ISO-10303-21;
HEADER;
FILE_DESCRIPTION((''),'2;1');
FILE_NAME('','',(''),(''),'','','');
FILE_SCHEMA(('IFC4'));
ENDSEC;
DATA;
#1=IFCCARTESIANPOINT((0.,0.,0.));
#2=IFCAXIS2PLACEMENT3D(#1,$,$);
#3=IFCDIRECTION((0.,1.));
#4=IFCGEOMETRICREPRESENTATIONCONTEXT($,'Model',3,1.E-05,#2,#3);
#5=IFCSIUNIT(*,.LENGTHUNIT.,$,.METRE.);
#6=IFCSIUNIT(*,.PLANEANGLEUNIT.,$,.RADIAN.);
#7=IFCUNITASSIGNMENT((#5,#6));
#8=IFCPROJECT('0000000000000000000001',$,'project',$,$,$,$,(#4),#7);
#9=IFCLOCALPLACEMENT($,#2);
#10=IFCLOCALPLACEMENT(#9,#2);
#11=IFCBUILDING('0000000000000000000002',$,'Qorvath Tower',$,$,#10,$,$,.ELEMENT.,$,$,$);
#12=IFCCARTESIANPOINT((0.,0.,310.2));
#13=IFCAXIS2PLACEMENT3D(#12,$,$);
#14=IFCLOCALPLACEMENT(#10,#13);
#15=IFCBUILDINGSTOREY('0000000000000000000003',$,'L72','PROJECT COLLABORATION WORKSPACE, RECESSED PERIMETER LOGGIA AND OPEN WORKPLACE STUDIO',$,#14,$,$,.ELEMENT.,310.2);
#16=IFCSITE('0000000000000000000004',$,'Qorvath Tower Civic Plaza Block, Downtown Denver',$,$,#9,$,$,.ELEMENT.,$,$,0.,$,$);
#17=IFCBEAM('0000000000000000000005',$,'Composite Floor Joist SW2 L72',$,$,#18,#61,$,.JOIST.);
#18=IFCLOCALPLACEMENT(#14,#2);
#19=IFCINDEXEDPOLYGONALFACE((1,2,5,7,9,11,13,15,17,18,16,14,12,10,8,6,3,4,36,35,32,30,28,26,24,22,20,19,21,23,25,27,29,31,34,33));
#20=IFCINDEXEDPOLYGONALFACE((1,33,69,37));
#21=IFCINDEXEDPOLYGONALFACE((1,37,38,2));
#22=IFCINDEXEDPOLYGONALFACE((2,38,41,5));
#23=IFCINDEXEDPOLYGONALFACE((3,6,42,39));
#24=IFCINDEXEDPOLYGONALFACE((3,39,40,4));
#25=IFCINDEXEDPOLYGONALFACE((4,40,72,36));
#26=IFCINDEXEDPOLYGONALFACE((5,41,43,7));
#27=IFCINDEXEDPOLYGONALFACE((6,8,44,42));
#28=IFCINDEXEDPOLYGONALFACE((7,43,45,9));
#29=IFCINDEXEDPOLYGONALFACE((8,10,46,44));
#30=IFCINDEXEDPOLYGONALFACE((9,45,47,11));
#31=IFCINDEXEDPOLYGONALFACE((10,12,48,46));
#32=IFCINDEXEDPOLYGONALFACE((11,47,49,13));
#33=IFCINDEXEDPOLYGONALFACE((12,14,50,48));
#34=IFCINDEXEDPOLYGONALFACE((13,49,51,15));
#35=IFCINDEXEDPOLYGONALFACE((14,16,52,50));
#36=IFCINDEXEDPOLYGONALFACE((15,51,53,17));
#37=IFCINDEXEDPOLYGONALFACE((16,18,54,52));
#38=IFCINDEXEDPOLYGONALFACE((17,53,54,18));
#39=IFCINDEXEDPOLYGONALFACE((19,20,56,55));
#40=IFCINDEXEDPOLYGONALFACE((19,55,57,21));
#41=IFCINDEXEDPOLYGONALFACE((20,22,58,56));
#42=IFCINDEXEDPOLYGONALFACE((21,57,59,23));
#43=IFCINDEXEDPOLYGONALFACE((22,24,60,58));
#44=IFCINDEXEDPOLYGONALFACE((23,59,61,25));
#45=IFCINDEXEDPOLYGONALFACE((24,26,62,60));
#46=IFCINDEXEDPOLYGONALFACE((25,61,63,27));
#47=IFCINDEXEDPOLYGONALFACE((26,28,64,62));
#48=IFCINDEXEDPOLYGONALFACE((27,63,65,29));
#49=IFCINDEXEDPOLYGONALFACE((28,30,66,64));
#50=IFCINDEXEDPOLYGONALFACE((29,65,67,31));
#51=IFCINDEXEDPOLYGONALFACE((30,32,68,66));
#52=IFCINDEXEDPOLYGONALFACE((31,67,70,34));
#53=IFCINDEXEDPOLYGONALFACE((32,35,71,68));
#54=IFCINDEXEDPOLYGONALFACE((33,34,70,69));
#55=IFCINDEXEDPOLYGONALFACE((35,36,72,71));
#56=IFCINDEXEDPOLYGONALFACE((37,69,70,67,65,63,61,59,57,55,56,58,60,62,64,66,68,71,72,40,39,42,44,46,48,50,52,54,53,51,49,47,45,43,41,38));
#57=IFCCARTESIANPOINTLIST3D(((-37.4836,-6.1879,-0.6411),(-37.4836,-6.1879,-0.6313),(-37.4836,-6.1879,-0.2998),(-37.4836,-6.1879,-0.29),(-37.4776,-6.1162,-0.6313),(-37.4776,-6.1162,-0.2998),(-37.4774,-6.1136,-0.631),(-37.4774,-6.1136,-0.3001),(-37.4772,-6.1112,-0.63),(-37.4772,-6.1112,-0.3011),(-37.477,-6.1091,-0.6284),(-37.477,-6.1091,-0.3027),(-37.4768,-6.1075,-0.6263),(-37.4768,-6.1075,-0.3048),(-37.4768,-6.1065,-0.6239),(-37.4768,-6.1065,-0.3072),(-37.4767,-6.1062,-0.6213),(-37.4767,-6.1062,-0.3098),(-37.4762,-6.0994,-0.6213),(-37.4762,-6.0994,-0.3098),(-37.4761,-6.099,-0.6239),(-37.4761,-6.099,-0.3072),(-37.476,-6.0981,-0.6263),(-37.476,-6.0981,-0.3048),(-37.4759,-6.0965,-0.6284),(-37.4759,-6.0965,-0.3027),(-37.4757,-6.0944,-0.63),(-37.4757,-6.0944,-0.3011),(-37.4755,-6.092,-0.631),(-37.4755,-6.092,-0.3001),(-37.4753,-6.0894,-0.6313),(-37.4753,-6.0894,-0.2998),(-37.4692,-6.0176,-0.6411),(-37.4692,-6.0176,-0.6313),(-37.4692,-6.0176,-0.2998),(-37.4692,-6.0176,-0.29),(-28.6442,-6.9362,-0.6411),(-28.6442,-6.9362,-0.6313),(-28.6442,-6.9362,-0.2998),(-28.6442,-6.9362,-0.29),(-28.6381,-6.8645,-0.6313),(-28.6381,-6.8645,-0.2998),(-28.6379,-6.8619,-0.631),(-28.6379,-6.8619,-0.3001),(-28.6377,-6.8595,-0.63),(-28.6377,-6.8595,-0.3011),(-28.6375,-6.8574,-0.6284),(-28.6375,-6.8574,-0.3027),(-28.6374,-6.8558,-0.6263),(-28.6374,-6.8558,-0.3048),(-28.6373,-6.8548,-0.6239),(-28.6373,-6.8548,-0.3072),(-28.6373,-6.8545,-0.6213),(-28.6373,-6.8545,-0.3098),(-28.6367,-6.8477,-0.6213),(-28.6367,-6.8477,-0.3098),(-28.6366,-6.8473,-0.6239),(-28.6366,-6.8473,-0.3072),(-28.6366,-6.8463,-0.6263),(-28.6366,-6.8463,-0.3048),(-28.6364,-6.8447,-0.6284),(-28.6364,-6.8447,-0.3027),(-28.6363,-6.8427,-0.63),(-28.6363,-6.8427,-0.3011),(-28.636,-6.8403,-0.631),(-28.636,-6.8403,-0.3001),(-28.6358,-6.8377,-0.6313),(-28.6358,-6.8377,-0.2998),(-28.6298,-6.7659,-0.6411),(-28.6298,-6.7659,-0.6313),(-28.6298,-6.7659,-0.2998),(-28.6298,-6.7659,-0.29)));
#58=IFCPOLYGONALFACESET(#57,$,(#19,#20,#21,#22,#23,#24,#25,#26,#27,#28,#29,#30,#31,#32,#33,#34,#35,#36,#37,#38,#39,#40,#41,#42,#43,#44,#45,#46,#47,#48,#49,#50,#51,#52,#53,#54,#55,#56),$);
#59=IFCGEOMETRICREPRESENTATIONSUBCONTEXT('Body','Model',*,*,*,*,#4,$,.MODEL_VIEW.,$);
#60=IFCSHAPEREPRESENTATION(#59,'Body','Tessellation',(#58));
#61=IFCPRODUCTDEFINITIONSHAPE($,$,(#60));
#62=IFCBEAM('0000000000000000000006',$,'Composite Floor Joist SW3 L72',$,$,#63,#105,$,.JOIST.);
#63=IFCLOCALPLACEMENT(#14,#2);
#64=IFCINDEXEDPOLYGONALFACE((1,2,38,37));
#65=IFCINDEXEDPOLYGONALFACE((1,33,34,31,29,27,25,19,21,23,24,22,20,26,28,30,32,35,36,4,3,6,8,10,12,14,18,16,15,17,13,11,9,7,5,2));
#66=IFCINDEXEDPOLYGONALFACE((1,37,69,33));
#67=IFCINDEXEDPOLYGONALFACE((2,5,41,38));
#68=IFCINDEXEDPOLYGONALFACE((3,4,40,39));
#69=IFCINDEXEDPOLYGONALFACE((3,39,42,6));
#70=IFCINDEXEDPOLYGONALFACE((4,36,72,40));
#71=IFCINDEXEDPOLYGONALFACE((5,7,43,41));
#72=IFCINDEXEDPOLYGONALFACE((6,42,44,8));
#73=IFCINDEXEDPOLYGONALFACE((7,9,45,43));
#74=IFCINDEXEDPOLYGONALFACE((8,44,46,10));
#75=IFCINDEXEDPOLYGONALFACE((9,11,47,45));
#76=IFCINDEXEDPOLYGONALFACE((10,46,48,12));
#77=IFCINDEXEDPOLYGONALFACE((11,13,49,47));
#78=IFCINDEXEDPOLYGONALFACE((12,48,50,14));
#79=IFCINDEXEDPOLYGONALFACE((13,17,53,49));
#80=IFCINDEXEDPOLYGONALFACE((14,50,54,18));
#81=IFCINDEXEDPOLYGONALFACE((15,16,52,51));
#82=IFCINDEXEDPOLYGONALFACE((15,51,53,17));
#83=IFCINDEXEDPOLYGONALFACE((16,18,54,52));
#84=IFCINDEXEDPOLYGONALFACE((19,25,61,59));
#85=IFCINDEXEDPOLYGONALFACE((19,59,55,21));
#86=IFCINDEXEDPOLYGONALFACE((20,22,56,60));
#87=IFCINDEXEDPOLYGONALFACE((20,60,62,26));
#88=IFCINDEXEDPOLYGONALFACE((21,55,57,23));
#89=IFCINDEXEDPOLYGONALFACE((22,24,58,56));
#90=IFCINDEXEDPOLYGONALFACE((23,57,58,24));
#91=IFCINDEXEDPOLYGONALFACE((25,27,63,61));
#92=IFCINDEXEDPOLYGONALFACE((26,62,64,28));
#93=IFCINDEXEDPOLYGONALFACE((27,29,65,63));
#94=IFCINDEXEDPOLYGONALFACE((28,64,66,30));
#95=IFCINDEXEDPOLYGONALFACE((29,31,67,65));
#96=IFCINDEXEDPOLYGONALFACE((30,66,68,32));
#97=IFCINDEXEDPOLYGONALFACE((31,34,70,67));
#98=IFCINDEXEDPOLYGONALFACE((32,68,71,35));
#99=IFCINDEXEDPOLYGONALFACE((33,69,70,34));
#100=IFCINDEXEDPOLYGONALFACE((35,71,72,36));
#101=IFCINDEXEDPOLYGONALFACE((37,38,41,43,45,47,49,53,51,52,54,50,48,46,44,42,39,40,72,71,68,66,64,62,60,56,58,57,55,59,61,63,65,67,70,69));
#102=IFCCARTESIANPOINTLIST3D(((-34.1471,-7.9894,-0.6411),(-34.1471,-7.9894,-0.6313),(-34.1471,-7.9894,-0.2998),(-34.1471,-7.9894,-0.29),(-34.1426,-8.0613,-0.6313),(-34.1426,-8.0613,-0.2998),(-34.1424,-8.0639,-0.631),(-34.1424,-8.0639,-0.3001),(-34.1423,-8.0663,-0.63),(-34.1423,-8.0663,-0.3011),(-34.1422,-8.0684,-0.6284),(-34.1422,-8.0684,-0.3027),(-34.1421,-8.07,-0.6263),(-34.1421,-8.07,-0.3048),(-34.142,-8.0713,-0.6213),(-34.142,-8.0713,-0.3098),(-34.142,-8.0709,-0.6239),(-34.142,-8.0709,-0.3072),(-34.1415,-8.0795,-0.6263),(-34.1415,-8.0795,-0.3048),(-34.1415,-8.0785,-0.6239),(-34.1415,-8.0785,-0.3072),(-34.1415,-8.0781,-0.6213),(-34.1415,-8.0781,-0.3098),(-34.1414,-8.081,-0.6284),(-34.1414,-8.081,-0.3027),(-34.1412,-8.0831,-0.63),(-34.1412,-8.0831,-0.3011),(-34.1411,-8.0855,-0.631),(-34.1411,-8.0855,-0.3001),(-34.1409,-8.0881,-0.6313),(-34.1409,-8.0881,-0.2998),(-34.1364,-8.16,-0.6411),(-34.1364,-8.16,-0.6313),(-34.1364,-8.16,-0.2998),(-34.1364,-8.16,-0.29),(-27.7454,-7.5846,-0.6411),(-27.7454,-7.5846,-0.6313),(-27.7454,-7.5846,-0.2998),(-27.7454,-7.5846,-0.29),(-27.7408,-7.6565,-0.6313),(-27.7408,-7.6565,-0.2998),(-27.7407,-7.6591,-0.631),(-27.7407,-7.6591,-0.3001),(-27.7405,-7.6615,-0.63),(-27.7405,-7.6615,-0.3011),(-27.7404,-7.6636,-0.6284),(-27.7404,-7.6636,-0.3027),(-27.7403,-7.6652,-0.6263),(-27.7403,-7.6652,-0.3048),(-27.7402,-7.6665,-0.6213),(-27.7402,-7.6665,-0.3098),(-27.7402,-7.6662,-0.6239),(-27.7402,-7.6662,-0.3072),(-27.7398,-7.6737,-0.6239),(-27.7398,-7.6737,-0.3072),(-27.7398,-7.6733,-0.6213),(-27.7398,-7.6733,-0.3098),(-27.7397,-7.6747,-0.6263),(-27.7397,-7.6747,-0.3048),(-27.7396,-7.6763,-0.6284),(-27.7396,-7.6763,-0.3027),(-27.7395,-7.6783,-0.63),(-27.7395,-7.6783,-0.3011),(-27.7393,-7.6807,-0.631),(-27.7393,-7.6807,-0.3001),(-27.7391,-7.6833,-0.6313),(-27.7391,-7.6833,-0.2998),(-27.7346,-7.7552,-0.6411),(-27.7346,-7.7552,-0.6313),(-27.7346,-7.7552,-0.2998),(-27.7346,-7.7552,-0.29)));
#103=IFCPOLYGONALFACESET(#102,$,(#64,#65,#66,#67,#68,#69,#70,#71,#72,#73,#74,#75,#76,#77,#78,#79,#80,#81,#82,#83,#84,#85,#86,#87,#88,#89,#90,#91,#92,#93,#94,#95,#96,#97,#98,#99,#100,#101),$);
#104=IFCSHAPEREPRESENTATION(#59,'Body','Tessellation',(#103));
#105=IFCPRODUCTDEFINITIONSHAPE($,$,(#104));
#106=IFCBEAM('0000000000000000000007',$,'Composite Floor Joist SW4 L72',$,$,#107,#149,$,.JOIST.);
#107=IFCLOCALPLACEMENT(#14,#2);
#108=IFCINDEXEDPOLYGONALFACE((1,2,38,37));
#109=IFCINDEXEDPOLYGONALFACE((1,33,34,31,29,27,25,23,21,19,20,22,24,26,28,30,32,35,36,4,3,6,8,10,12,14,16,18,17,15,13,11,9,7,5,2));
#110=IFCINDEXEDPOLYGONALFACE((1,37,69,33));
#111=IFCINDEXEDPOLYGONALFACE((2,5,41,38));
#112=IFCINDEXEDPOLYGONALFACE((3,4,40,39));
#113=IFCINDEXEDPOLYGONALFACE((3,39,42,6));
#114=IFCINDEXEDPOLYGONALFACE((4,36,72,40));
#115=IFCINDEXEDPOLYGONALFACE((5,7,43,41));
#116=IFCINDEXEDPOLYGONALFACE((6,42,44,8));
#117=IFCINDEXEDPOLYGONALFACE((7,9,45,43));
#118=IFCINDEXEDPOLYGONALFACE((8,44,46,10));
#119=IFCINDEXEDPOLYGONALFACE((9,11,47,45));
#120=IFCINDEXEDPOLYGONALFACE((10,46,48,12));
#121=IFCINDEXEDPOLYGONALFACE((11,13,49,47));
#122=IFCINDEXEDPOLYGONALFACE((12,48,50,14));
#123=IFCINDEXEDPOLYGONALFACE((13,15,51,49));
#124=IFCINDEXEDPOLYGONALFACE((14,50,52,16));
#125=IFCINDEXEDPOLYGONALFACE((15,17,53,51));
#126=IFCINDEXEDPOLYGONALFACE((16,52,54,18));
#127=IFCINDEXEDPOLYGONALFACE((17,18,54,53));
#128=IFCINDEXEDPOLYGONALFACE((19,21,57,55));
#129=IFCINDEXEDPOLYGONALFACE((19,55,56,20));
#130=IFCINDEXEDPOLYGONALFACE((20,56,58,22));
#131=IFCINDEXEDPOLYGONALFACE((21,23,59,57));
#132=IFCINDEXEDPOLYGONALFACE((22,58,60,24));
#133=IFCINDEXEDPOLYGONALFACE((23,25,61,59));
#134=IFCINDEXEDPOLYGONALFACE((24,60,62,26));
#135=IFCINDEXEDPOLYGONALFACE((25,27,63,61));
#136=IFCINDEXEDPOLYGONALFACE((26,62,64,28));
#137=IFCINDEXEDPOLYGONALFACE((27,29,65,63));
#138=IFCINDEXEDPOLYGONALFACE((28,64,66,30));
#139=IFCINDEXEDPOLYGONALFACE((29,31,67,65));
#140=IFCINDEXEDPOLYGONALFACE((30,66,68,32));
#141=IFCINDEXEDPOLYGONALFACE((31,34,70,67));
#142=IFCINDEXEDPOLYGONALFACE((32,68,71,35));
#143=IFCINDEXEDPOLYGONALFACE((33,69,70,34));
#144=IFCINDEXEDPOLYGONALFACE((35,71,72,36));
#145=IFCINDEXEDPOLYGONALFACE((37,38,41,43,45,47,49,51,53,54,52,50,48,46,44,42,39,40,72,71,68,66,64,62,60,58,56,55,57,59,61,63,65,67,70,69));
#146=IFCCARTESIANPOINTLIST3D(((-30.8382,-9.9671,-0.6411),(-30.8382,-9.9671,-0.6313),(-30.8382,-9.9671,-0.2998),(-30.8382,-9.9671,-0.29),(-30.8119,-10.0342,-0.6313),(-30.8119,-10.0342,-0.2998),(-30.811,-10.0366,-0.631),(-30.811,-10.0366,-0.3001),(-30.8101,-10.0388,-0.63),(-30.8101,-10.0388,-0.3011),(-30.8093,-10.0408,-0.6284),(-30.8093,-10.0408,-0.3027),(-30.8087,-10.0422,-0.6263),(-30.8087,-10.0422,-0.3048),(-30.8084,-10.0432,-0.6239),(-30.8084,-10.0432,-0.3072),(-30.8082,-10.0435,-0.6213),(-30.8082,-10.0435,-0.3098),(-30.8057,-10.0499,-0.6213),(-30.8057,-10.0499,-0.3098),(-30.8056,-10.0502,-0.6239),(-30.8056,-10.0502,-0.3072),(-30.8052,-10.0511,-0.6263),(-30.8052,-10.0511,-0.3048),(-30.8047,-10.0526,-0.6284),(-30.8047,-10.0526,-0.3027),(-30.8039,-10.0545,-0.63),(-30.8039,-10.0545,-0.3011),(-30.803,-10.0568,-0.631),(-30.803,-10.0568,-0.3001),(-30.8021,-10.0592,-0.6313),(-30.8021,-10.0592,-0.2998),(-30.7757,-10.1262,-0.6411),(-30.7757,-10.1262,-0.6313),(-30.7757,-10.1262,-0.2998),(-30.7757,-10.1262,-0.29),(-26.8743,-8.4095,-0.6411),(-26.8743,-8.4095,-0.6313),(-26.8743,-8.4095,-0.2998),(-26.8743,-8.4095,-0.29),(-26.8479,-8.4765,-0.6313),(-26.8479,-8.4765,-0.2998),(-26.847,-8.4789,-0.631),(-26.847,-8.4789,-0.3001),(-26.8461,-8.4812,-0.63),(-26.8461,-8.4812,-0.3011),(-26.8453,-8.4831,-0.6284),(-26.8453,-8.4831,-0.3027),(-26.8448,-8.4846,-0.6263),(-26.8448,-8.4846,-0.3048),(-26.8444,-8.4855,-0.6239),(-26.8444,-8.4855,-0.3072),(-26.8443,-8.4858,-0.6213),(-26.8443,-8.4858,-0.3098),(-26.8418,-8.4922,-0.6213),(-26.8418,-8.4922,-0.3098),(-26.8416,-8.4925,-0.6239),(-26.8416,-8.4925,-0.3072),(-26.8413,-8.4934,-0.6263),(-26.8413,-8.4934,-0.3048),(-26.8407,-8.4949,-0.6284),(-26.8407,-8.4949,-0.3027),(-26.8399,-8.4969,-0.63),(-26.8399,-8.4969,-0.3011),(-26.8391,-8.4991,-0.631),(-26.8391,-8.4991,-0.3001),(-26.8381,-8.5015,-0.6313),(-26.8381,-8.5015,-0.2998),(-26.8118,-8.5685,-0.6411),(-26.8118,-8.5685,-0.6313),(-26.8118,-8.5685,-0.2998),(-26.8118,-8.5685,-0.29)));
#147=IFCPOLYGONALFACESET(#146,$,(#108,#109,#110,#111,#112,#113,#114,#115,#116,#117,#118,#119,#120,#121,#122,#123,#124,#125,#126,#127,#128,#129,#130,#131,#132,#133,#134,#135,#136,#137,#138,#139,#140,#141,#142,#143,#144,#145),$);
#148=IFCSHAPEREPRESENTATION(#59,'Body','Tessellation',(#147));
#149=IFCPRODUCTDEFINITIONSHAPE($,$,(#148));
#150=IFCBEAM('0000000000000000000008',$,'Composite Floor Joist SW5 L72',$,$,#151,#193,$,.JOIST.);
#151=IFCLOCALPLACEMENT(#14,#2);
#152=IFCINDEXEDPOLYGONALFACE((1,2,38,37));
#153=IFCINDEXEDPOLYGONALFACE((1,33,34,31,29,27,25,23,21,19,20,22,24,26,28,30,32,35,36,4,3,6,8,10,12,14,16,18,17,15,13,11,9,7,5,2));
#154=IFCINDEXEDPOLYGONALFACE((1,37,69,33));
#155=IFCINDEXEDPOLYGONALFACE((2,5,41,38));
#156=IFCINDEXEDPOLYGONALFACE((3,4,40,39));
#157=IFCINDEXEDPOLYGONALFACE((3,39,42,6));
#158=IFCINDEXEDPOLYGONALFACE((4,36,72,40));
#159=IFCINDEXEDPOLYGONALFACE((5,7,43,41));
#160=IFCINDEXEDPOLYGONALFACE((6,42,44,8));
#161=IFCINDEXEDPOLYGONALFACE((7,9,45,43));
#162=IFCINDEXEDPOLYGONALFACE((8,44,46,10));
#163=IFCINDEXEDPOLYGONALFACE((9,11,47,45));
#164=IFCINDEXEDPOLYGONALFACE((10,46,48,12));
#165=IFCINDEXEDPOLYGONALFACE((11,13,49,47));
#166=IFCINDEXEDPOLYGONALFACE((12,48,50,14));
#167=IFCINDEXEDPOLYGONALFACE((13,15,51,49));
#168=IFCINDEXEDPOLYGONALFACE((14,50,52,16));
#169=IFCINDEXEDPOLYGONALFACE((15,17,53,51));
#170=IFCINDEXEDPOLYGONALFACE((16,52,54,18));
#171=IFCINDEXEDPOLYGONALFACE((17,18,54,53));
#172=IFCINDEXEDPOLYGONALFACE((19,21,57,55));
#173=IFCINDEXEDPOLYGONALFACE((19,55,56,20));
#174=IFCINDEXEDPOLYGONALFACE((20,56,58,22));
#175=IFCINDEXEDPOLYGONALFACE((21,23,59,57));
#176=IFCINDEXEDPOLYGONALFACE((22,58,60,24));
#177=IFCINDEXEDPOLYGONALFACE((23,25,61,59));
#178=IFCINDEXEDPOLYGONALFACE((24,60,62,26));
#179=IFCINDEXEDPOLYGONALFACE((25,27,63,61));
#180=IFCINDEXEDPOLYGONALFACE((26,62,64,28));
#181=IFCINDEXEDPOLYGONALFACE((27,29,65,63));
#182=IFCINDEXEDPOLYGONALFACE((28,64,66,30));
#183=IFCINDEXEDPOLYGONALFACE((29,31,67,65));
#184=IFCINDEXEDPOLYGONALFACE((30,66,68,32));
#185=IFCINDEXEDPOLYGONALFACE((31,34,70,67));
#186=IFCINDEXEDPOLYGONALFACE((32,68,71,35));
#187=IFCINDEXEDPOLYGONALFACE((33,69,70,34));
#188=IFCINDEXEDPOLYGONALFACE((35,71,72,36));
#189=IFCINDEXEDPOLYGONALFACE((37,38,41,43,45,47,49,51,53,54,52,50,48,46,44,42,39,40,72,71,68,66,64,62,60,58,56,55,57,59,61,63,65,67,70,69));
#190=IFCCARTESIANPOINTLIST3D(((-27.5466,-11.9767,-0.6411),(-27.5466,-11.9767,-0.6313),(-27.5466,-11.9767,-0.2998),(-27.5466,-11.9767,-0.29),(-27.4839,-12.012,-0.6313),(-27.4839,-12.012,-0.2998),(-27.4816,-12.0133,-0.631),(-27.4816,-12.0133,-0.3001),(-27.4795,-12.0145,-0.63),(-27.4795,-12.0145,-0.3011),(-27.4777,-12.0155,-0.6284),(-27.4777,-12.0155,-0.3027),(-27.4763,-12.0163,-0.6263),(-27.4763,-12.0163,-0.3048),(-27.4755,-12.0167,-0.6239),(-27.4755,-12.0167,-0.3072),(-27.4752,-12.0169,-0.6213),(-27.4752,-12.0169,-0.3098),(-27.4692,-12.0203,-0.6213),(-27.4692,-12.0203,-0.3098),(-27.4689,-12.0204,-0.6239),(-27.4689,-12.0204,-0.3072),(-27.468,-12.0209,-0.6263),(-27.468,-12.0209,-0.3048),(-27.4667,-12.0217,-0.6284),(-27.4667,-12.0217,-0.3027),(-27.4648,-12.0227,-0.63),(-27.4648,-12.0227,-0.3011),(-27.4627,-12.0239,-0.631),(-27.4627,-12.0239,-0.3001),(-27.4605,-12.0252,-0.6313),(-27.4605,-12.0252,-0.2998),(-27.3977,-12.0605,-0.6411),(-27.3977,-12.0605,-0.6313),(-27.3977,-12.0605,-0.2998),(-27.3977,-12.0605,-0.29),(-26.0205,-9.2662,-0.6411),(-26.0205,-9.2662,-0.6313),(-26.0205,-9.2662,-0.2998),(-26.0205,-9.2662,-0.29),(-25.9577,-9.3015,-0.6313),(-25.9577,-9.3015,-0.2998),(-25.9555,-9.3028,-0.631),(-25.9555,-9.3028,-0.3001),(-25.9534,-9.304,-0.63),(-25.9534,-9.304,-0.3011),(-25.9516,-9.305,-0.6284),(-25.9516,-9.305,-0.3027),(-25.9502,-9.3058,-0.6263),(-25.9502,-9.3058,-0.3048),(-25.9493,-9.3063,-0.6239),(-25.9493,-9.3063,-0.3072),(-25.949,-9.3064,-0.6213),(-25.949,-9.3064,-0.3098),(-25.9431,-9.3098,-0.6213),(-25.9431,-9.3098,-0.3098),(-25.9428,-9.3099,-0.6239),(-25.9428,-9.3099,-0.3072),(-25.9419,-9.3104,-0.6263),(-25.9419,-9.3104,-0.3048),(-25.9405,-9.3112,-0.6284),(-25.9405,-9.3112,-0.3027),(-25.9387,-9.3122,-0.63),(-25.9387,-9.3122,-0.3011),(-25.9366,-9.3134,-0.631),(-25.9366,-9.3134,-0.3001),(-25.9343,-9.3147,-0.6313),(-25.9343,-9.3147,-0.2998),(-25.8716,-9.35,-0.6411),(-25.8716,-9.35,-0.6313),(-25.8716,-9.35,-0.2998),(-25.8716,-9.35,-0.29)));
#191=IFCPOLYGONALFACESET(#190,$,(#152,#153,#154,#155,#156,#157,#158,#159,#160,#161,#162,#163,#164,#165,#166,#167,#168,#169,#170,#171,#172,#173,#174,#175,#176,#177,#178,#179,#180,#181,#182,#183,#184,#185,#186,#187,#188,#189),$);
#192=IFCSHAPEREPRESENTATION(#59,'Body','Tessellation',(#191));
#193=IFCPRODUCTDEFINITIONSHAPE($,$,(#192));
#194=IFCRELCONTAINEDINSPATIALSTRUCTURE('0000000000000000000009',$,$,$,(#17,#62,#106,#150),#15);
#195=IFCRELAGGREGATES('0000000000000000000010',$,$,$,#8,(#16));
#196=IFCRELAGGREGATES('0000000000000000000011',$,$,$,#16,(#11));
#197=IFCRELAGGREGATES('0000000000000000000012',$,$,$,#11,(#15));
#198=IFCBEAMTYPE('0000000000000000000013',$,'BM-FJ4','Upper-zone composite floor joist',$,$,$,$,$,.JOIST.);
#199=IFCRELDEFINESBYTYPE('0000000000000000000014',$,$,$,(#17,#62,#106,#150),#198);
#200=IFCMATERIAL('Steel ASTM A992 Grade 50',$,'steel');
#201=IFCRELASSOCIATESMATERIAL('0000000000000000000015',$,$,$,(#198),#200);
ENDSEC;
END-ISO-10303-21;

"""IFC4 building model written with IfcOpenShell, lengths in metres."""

from ifc_helpers import new_model, si_unit, direction, frame, origin, origin_2d, place, context, subcontext, project, spatial, i_section, extrude, material, material_profile, profile_set, type_object, element, save


model = new_model("IFC4")

# Units and contexts
model_context = context("Model", 3, precision=1e-05, world=origin(), true_north=direction((0.0, 1.0)))
body_context = subcontext(model_context, "Body", "Model", "MODEL_VIEW")
ifc_project = project(units=[si_unit("LENGTHUNIT", "METRE"), si_unit("PLANEANGLEUNIT", "RADIAN")], contexts=[model_context])

# Site, building, storey
site_placement = place(None, origin())
site = spatial("IfcSite", under=ifc_project, at=site_placement, Name="Qorvath Tower Civic Plaza Block, Downtown Denver", CompositionType="ELEMENT", RefElevation=0.0)
building_placement = place(site_placement, origin())
building = spatial("IfcBuilding", under=site, at=building_placement, Name="Qorvath Tower", CompositionType="ELEMENT")
storey_placement = place(building_placement, frame((0.0, 0.0, 310.2)))
storey = spatial("IfcBuildingStorey", under=building, at=storey_placement, Name="L72", Description="PROJECT COLLABORATION WORKSPACE, RECESSED PERIMETER LOGGIA AND OPEN WORKPLACE STUDIO", CompositionType="ELEMENT", Elevation=310.2)

# Beams
ifc_material_1 = material(Name="Steel ASTM A992 Grade 50", Category="steel")
ifc_material_profile = material_profile(ifc_material_1, i_section(OverallWidth=0.1709, OverallDepth=0.3511, WebThickness=0.0068, FlangeThickness=0.0098, FilletRadius=0.01, at=origin_2d()), Name="W14x30")
ifc_profile_set = profile_set([ifc_material_profile], Name="Steel ASTM A992 Grade 50")
beam_type = type_object("IfcBeamType", Name="BM-FJ4", Description="Upper-zone composite floor joist", PredefinedType="JOIST", material=ifc_profile_set)
beam_1_placement = place(storey_placement, frame((-28.637, -6.8511, -0.4656), z_axis=(-0.996436, 0.08435, 0.0), x_axis=(-0.08435, -0.996436, 0.0)))
element("IfcBeam", 1, at=beam_1_placement, inside=storey, type_object=beam_type, Name="Composite Floor Joist SW2 L72", PredefinedType="JOIST", context=body_context, shape_type="SweptSolid", body=[
    extrude(i_section(OverallWidth=0.1709, OverallDepth=0.3511, WebThickness=0.0068, FlangeThickness=0.0098, FilletRadius=0.01, at=origin_2d()), origin(), (0.0, 0.0, 1.0), 8.8711),
])
beam_2_placement = place(storey_placement, frame((-27.74, -7.6699, -0.4656), z_axis=(-0.998007, -0.063103, 0.0), x_axis=(0.063103, -0.998007, 0.0)))
element("IfcBeam", 2, at=beam_2_placement, inside=storey, type_object=beam_type, Name="Composite Floor Joist SW3 L72", PredefinedType="JOIST", context=body_context, shape_type="SweptSolid", body=[
    extrude(i_section(OverallWidth=0.1709, OverallDepth=0.3511, WebThickness=0.0068, FlangeThickness=0.0098, FilletRadius=0.01, at=origin_2d()), origin(), (0.0, 0.0, 1.0), 6.4146),
])
beam_3_placement = place(storey_placement, frame((-26.843, -8.489, -0.4656), z_axis=(-0.930721, -0.36573, 0.0), x_axis=(0.36573, -0.930721, 0.0)))
element("IfcBeam", 3, at=beam_3_placement, inside=storey, type_object=beam_type, Name="Composite Floor Joist SW4 L72", PredefinedType="JOIST", context=body_context, shape_type="SweptSolid", body=[
    extrude(i_section(OverallWidth=0.1709, OverallDepth=0.3511, WebThickness=0.0068, FlangeThickness=0.0098, FilletRadius=0.01, at=origin_2d()), origin(), (0.0, 0.0, 1.0), 4.259),
])
beam_4_placement = place(storey_placement, frame((-25.946, -9.3081, -0.4656), z_axis=(-0.490626, -0.87137, 0.0), x_axis=(0.87137, -0.490626, 0.0)))
element("IfcBeam", 4, at=beam_4_placement, inside=storey, type_object=beam_type, Name="Composite Floor Joist SW5 L72", PredefinedType="JOIST", context=body_context, shape_type="SweptSolid", body=[
    extrude(i_section(OverallWidth=0.1709, OverallDepth=0.3511, WebThickness=0.0068, FlangeThickness=0.0098, FilletRadius=0.01, at=origin_2d()), origin(), (0.0, 0.0, 1.0), 3.1106),
])

save(model, "model.ifc")
